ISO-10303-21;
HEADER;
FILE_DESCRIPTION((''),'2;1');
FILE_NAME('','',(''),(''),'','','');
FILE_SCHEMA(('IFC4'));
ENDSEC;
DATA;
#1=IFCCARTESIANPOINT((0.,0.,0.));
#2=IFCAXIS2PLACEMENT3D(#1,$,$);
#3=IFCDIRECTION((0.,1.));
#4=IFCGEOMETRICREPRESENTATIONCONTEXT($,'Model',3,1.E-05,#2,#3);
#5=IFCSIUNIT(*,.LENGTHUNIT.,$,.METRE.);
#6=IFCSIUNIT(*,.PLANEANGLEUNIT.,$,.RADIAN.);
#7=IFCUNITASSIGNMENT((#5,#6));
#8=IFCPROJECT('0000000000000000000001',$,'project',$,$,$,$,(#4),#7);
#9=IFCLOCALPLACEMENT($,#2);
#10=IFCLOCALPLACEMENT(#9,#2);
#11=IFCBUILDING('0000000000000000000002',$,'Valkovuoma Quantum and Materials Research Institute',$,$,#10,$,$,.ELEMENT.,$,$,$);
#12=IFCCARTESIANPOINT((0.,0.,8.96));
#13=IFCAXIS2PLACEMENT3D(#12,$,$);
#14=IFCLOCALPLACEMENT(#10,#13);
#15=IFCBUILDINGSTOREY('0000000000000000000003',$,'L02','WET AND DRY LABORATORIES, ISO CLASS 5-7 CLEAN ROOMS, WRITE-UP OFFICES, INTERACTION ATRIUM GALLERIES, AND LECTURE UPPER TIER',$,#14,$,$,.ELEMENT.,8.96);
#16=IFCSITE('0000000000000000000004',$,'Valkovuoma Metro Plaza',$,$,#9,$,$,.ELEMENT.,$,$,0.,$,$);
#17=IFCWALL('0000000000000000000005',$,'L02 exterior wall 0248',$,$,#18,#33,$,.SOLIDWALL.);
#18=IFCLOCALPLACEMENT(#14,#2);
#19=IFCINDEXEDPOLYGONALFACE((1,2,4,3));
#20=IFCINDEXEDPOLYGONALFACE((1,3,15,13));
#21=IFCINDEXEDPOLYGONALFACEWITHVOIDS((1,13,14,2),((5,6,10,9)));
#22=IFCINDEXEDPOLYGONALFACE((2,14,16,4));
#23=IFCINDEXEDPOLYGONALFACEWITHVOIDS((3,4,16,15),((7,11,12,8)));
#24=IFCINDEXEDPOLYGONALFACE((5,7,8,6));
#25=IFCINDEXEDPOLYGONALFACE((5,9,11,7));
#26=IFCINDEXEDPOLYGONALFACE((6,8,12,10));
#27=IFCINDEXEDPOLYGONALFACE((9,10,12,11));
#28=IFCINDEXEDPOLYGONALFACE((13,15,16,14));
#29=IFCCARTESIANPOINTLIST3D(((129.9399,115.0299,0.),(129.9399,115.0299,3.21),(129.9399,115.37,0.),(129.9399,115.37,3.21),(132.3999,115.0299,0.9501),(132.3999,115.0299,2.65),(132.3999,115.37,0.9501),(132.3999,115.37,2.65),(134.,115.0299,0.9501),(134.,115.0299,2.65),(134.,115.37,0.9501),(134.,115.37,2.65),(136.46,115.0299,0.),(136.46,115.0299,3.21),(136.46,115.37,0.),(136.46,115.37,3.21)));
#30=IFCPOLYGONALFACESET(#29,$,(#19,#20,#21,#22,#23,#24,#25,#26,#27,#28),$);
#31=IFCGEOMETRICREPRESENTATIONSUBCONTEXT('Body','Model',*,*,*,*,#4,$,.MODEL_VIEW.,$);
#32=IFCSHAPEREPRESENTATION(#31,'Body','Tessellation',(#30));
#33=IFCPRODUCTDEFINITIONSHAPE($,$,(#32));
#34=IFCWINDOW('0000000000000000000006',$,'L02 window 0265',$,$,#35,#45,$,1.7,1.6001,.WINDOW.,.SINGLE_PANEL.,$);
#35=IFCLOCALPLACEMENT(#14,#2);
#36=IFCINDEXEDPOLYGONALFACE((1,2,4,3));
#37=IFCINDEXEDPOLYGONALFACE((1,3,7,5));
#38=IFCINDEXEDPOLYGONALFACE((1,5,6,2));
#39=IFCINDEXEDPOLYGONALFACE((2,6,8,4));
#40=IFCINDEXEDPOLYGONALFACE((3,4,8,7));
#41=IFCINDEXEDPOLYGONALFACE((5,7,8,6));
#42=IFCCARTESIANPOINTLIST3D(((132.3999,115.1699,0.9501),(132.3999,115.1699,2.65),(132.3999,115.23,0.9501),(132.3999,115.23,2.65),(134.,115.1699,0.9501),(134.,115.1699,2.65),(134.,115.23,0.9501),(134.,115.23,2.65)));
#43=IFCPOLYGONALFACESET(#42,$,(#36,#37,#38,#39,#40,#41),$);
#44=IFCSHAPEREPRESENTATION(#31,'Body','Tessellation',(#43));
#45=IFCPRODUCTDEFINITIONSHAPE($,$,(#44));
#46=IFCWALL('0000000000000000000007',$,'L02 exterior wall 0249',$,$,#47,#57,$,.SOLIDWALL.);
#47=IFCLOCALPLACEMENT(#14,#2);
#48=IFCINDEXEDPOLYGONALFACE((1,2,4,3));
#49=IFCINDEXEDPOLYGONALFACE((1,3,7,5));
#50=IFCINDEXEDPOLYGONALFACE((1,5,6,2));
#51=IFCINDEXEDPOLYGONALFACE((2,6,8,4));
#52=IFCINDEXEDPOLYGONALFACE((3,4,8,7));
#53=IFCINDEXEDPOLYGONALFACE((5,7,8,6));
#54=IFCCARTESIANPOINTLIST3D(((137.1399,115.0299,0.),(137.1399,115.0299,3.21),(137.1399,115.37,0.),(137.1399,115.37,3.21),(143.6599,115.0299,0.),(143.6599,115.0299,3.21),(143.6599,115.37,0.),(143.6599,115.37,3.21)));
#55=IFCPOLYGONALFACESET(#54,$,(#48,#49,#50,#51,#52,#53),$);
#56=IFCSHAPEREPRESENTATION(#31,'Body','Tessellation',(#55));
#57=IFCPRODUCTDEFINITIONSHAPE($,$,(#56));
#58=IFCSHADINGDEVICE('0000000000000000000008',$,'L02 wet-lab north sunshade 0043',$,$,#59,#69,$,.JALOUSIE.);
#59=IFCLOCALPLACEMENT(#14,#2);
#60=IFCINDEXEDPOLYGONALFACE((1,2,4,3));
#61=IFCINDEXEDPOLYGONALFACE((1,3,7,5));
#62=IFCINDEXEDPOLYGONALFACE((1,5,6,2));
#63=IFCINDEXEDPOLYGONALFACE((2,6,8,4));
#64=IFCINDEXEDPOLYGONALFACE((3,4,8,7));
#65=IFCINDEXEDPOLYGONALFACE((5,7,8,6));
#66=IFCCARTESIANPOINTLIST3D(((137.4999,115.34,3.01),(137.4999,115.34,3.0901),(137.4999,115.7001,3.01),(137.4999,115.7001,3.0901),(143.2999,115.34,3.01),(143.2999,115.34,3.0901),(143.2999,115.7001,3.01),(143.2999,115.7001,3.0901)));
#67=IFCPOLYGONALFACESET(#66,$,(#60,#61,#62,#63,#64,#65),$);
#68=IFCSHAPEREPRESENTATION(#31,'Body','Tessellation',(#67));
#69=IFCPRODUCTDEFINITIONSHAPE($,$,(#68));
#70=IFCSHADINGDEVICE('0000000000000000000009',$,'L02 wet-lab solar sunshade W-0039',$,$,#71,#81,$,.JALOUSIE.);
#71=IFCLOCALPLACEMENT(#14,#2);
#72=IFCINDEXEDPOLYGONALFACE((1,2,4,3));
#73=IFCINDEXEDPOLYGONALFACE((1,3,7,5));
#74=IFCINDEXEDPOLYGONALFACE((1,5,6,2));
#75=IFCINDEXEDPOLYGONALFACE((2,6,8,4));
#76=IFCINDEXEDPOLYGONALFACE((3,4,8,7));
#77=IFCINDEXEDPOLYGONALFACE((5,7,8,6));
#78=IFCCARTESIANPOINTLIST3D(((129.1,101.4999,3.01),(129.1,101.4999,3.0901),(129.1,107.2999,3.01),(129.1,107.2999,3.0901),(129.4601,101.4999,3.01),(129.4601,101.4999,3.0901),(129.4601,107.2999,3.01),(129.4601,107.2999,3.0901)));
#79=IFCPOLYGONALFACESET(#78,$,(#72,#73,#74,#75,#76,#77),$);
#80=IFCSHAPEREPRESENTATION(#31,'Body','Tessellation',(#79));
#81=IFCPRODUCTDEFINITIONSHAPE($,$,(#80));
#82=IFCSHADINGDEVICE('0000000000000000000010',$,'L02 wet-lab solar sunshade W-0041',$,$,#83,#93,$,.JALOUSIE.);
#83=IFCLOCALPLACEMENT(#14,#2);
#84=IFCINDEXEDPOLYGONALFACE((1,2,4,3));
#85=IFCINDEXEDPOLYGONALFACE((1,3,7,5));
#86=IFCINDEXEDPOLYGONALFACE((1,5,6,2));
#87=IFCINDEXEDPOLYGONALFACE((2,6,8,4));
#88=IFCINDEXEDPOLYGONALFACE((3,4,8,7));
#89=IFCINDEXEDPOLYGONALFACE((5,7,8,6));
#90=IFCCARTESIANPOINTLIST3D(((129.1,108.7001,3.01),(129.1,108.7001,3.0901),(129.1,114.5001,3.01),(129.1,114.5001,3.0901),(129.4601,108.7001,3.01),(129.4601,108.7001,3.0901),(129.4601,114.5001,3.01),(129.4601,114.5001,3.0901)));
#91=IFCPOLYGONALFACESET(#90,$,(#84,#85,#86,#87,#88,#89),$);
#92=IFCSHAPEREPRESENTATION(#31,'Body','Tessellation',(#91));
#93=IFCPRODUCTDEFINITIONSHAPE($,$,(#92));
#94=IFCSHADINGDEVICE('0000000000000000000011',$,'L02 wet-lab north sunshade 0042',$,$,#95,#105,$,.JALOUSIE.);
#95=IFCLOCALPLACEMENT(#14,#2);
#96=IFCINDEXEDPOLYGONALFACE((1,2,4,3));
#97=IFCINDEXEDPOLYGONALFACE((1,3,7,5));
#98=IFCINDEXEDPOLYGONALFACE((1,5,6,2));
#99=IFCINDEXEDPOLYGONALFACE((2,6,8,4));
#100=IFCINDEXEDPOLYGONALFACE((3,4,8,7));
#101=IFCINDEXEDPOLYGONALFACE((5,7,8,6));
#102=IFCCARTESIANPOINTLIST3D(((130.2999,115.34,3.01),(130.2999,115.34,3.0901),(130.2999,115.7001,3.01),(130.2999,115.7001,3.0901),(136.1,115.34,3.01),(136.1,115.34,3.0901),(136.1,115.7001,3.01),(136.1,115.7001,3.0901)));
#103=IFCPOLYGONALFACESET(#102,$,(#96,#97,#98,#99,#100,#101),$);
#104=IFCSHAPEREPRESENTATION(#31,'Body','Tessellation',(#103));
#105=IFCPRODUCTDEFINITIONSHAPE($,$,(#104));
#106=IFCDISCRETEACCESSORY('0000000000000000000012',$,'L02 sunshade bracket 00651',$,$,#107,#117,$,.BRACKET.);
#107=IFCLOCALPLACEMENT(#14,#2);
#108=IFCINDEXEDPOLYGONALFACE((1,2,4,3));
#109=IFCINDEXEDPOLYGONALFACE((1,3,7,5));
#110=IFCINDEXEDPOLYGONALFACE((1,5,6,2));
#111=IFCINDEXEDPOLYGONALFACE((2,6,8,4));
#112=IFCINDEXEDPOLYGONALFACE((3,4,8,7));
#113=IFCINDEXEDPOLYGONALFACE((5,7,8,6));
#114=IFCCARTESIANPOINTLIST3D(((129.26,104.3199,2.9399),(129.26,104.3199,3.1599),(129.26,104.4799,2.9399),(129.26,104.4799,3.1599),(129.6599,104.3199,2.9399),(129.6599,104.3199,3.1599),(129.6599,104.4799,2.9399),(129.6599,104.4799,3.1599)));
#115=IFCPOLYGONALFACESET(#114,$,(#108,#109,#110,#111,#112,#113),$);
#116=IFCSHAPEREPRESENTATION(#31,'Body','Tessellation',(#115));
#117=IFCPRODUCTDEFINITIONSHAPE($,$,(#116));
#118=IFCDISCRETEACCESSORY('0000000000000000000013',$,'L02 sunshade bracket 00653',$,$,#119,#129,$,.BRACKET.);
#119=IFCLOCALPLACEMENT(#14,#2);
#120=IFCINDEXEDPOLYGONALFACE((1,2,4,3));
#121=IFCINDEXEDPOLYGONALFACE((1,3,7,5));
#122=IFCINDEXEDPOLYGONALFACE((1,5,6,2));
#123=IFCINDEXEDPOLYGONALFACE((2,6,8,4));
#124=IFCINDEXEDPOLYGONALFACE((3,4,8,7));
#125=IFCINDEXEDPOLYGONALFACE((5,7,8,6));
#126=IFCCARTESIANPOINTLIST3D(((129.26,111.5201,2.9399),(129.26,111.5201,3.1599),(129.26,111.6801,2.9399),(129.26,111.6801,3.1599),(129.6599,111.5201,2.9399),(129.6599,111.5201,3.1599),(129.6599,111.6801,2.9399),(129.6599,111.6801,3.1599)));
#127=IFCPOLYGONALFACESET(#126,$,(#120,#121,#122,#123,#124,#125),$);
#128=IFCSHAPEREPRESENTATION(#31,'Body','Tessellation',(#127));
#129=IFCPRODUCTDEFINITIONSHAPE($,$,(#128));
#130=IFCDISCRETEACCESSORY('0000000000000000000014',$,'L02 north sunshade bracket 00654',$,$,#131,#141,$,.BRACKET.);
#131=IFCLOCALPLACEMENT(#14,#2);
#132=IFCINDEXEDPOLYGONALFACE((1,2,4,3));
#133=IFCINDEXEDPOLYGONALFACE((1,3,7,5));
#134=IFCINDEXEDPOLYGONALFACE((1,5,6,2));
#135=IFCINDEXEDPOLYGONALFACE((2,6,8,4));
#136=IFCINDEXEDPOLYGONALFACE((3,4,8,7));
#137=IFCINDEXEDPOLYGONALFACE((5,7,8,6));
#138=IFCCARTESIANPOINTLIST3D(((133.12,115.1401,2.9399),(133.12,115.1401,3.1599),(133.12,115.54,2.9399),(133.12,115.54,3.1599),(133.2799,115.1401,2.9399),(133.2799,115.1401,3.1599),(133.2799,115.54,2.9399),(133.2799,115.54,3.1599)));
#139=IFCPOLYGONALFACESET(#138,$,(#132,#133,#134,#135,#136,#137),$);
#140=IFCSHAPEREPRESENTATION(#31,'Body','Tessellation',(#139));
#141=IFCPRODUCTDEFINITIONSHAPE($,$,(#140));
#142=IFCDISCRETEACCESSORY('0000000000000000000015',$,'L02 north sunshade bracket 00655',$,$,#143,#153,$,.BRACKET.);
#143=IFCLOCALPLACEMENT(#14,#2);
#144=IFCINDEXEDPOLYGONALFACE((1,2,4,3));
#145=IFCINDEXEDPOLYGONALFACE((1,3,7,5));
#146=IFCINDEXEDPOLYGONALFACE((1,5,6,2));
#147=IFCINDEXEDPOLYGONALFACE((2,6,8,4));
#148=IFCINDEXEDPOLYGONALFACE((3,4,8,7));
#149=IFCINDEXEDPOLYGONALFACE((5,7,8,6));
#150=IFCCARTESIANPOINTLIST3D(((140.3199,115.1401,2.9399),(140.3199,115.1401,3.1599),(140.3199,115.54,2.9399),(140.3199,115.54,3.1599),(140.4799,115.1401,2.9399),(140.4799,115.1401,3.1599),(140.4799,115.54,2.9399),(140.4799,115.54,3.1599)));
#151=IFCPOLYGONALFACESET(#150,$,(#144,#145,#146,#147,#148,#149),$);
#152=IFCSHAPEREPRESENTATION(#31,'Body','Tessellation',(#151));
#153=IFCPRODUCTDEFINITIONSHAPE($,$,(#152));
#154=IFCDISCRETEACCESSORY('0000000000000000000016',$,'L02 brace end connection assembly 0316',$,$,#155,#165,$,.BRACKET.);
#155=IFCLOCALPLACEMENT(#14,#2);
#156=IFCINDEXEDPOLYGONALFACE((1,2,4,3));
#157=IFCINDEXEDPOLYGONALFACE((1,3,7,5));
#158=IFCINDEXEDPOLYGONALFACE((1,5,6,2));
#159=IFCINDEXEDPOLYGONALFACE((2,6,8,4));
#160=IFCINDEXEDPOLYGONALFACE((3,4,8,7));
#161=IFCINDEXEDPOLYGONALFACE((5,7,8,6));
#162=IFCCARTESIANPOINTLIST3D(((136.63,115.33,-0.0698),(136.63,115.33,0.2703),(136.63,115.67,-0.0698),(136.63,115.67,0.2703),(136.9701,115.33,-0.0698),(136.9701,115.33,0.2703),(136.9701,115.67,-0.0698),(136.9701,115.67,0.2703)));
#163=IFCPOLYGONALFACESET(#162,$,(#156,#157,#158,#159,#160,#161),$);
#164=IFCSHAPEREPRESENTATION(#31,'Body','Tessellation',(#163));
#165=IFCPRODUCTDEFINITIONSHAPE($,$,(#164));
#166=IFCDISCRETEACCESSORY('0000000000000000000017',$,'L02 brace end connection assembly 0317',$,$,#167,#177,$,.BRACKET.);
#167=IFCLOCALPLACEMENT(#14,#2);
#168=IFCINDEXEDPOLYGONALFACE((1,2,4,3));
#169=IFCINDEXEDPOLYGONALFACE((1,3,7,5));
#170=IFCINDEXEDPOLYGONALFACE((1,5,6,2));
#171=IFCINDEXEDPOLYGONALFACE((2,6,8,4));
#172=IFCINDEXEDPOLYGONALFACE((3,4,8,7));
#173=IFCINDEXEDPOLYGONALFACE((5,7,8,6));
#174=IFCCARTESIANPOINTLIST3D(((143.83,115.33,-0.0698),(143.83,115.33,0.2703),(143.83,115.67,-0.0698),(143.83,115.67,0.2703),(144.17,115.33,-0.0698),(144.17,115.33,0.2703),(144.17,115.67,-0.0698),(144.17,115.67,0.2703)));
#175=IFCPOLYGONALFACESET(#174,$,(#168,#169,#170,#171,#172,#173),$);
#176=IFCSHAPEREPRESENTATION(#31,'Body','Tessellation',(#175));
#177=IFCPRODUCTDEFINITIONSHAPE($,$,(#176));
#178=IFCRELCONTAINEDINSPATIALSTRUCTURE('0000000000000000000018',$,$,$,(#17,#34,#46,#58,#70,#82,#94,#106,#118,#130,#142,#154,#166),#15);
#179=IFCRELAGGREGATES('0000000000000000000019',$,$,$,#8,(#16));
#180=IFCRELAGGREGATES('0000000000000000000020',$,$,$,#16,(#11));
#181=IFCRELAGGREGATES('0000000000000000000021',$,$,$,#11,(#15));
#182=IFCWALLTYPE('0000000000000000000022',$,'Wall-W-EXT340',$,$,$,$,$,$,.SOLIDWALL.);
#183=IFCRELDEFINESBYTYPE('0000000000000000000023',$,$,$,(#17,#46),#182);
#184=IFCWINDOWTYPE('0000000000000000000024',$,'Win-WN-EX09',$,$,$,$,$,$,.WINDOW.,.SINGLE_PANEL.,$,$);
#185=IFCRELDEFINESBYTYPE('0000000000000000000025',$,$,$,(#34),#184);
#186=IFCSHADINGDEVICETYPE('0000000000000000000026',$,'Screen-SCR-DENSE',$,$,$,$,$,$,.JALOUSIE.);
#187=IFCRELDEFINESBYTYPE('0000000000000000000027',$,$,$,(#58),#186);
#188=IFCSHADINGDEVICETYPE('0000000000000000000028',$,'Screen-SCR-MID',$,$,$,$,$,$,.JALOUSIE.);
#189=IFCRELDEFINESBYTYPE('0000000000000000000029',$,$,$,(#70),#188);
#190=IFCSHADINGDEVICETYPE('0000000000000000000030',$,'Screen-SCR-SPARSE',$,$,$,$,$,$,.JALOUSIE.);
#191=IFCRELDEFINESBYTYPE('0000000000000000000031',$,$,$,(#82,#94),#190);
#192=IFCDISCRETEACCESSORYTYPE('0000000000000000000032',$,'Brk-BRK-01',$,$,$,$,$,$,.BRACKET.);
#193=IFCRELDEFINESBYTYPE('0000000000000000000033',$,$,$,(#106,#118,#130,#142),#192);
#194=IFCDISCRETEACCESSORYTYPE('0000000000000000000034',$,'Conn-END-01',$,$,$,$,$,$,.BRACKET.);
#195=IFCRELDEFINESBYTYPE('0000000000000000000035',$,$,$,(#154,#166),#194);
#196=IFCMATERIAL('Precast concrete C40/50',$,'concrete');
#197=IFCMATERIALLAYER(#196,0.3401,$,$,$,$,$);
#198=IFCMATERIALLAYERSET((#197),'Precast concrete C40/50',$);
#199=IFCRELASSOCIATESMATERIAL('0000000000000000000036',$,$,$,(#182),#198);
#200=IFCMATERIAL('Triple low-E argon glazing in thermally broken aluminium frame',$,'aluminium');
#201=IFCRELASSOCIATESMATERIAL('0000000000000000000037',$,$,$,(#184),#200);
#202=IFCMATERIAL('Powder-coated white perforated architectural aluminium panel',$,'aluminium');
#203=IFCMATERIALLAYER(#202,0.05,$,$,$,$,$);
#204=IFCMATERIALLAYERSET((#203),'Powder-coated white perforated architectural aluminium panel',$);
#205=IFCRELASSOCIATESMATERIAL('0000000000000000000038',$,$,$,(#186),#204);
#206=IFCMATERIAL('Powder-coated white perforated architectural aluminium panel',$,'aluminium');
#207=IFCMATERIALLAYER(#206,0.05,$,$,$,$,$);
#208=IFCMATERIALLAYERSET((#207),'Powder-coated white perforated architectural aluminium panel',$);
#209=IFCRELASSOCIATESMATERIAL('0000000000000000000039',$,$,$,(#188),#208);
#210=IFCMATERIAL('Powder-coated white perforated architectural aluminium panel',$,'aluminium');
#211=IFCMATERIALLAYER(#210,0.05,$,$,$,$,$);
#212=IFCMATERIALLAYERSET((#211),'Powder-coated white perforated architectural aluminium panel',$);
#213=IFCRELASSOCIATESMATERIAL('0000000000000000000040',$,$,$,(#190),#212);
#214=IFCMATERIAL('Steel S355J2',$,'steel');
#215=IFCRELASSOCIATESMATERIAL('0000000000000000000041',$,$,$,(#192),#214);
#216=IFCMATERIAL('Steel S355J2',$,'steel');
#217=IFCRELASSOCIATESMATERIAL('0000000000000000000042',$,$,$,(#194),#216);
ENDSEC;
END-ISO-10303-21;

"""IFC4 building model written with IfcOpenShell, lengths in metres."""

from ifc_helpers import new_model, si_unit, direction, frame, frame_2d, origin, origin_2d, place, context, subcontext, project, spatial, rectangle, extrude, material, layer, layer_set, type_object, element, fill, save


model = new_model("IFC4")

# Units and contexts
model_context = context("Model", 3, precision=1e-05, world=origin(), true_north=direction((0.0, 1.0)))
body_context = subcontext(model_context, "Body", "Model", "MODEL_VIEW")
ifc_project = project(units=[si_unit("LENGTHUNIT", "METRE"), si_unit("PLANEANGLEUNIT", "RADIAN")], contexts=[model_context])

# Site, building, storey
site_placement = place(None, origin())
site = spatial("IfcSite", under=ifc_project, at=site_placement, Name="Valkovuoma Metro Plaza", CompositionType="ELEMENT", RefElevation=0.0)
building_placement = place(site_placement, origin())
building = spatial("IfcBuilding", under=site, at=building_placement, Name="Valkovuoma Quantum and Materials Research Institute", CompositionType="ELEMENT")
storey_placement = place(building_placement, frame((0.0, 0.0, 8.96)))
storey = spatial("IfcBuildingStorey", under=building, at=storey_placement, Name="L02", Description="WET AND DRY LABORATORIES, ISO CLASS 5-7 CLEAN ROOMS, WRITE-UP OFFICES, INTERACTION ATRIUM GALLERIES, AND LECTURE UPPER TIER", CompositionType="ELEMENT", Elevation=8.96)

# Wall, opening, window
ifc_material_1 = material(Name="Precast concrete C40/50", Category="concrete")
ifc_layer_1 = layer(ifc_material_1, 0.3401)
ifc_layer_set_1 = layer_set([ifc_layer_1], Name="Precast concrete C40/50")
wall_type_1 = type_object("IfcWallType", Name="Wall-W-EXT340", PredefinedType="SOLIDWALL", material=ifc_layer_set_1)
wall_1_placement = place(storey_placement, frame((129.9399, 115.2, 0.0), z_axis=(0.0, 0.0, 1.0), x_axis=(1.0, 0.0, 0.0)))
wall_1 = element("IfcWall", 1, at=wall_1_placement, inside=storey, type_object=wall_type_1, Name="L02 exterior wall 0248", PredefinedType="SOLIDWALL", context=body_context, shape_type="SweptSolid", body=[
    extrude(rectangle(XDim=6.52, YDim=0.3401, at=frame_2d((3.26, 0.0))), origin(), (0.0, 0.0, 1.0), 3.21),
])
opening_1_placement = place(wall_1_placement, frame((2.46, 0.0, 0.95)))
opening_1 = element("IfcOpeningElement", 2, at=opening_1_placement, cuts=wall_1, PredefinedType="OPENING", context=body_context, shape_type="SweptSolid", body=[
    extrude(rectangle(XDim=1.6001, YDim=1.7, at=frame_2d((0.8, 0.8501))), frame((0.0, 0.1802, 0.0), z_axis=(0.0, -1.0, 0.0), x_axis=(1.0, 0.0, 0.0)), (0.0, 0.0, 1.0), 0.3601),
])
ifc_material_2 = material(Name="Triple low-E argon glazing in thermally broken aluminium frame", Category="aluminium")
window_type_1 = type_object("IfcWindowType", Name="Win-WN-EX09", PartitioningType="SINGLE_PANEL", PredefinedType="WINDOW", material=ifc_material_2)
window_1_placement = place(opening_1_placement, origin())
window_1 = element("IfcWindow", 3, at=window_1_placement, inside=storey, type_object=window_type_1, Name="L02 window 0265", OverallHeight=1.7, OverallWidth=1.6001, PartitioningType="SINGLE_PANEL", PredefinedType="WINDOW", context=body_context, shape_type="SweptSolid", body=[
    extrude(rectangle(XDim=1.6001, YDim=1.7, at=frame_2d((0.8, 0.8501))), frame((0.0, 0.03, 0.0), z_axis=(0.0, -1.0, 0.0), x_axis=(1.0, 0.0, 0.0)), (0.0, 0.0, 1.0), 0.0601),
])
fill(opening_1, window_1)

# Wall
wall_2_placement = place(storey_placement, frame((137.1399, 115.2, 0.0), z_axis=(0.0, 0.0, 1.0), x_axis=(1.0, 0.0, 0.0)))
element("IfcWall", 4, at=wall_2_placement, inside=storey, type_object=wall_type_1, Name="L02 exterior wall 0249", PredefinedType="SOLIDWALL", context=body_context, shape_type="SweptSolid", body=[
    extrude(rectangle(XDim=6.52, YDim=0.3401, at=frame_2d((3.26, 0.0))), origin(), (0.0, 0.0, 1.0), 3.21),
])

# Shading devices
ifc_material_3 = material(Name="Powder-coated white perforated architectural aluminium panel", Category="aluminium")
ifc_layer_2 = layer(ifc_material_3, 0.05)
ifc_layer_set_2 = layer_set([ifc_layer_2], Name="Powder-coated white perforated architectural aluminium panel")
shading_device_type_1 = type_object("IfcShadingDeviceType", Name="Screen-SCR-DENSE", PredefinedType="JALOUSIE", material=ifc_layer_set_2)
shading_device_1_placement = place(storey_placement, frame((140.3999, 115.52, 3.01), z_axis=(0.0, 0.0, 1.0), x_axis=(1.0, 0.0, 0.0)))
element("IfcShadingDevice", 5, at=shading_device_1_placement, inside=storey, type_object=shading_device_type_1, Name="L02 wet-lab north sunshade 0043", PredefinedType="JALOUSIE", context=body_context, shape_type="SweptSolid", body=[
    extrude(rectangle(XDim=5.8, YDim=0.3601, at=origin_2d()), origin(), (0.0, 0.0, 1.0), 0.0801),
])
ifc_material_4 = material(Name="Powder-coated white perforated architectural aluminium panel", Category="aluminium")
ifc_layer_3 = layer(ifc_material_4, 0.05)
ifc_layer_set_3 = layer_set([ifc_layer_3], Name="Powder-coated white perforated architectural aluminium panel")
shading_device_type_2 = type_object("IfcShadingDeviceType", Name="Screen-SCR-MID", PredefinedType="JALOUSIE", material=ifc_layer_set_3)
shading_device_2_placement = place(storey_placement, frame((129.28, 104.3999, 3.01), z_axis=(0.0, 0.0, 1.0), x_axis=(1.0, 0.0, 0.0)))
element("IfcShadingDevice", 6, at=shading_device_2_placement, inside=storey, type_object=shading_device_type_2, Name="L02 wet-lab solar sunshade W-0039", PredefinedType="JALOUSIE", context=body_context, shape_type="SweptSolid", body=[
    extrude(rectangle(XDim=0.3601, YDim=5.8, at=origin_2d()), origin(), (0.0, 0.0, 1.0), 0.0801),
])
ifc_material_5 = material(Name="Powder-coated white perforated architectural aluminium panel", Category="aluminium")
ifc_layer_4 = layer(ifc_material_5, 0.05)
ifc_layer_set_4 = layer_set([ifc_layer_4], Name="Powder-coated white perforated architectural aluminium panel")
shading_device_type_3 = type_object("IfcShadingDeviceType", Name="Screen-SCR-SPARSE", PredefinedType="JALOUSIE", material=ifc_layer_set_4)
shading_device_3_placement = place(storey_placement, frame((129.28, 111.6001, 3.01), z_axis=(0.0, 0.0, 1.0), x_axis=(1.0, 0.0, 0.0)))
element("IfcShadingDevice", 7, at=shading_device_3_placement, inside=storey, type_object=shading_device_type_3, Name="L02 wet-lab solar sunshade W-0041", PredefinedType="JALOUSIE", context=body_context, shape_type="SweptSolid", body=[
    extrude(rectangle(XDim=0.3601, YDim=5.8, at=origin_2d()), origin(), (0.0, 0.0, 1.0), 0.0801),
])
shading_device_4_placement = place(storey_placement, frame((133.2, 115.52, 3.01), z_axis=(0.0, 0.0, 1.0), x_axis=(1.0, 0.0, 0.0)))
element("IfcShadingDevice", 8, at=shading_device_4_placement, inside=storey, type_object=shading_device_type_3, Name="L02 wet-lab north sunshade 0042", PredefinedType="JALOUSIE", context=body_context, shape_type="SweptSolid", body=[
    extrude(rectangle(XDim=5.8, YDim=0.3601, at=origin_2d()), origin(), (0.0, 0.0, 1.0), 0.0801),
])

# Discrete accessories
ifc_material_6 = material(Name="Steel S355J2", Category="steel")
discrete_accessory_type_1 = type_object("IfcDiscreteAccessoryType", Name="Brk-BRK-01", PredefinedType="BRACKET", material=ifc_material_6)
for number, where, z_axis, x_axis, name in (
    (9, (129.46, 104.3999, 2.9399), (0.0, 0.0, 1.0), (1.0, 0.0, 0.0), "L02 sunshade bracket 00651"),
    (10, (129.46, 111.6001, 2.9399), (0.0, 0.0, 1.0), (1.0, 0.0, 0.0), "L02 sunshade bracket 00653"),
):
    element("IfcDiscreteAccessory", number, at=place(storey_placement, frame(where, z_axis=z_axis, x_axis=x_axis)), inside=storey, type_object=discrete_accessory_type_1, Name=name, PredefinedType="BRACKET", context=body_context, shape_type="SweptSolid", body=[
        extrude(rectangle(XDim=0.3999, YDim=0.1599, at=origin_2d()), origin(), (0.0, 0.0, 1.0), 0.22),
    ])
for number, where, z_axis, x_axis, name in (
    (11, (133.2, 115.3401, 2.9399), (0.0, 0.0, 1.0), (1.0, 0.0, 0.0), "L02 north sunshade bracket 00654"),
    (12, (140.3999, 115.3401, 2.9399), (0.0, 0.0, 1.0), (1.0, 0.0, 0.0), "L02 north sunshade bracket 00655"),
):
    element("IfcDiscreteAccessory", number, at=place(storey_placement, frame(where, z_axis=z_axis, x_axis=x_axis)), inside=storey, type_object=discrete_accessory_type_1, Name=name, PredefinedType="BRACKET", context=body_context, shape_type="SweptSolid", body=[
        extrude(rectangle(XDim=0.1599, YDim=0.3999, at=origin_2d()), origin(), (0.0, 0.0, 1.0), 0.22),
    ])
ifc_material_7 = material(Name="Steel S355J2", Category="steel")
discrete_accessory_type_2 = type_object("IfcDiscreteAccessoryType", Name="Conn-END-01", PredefinedType="BRACKET", material=ifc_material_7)
for number, where, z_axis, x_axis, name in (
    (13, (136.8, 115.5, -0.0698), (0.0, 0.0, 1.0), (1.0, 0.0, 0.0), "L02 brace end connection assembly 0316"),
    (14, (144.0, 115.5, -0.0698), (0.0, 0.0, 1.0), (1.0, 0.0, 0.0), "L02 brace end connection assembly 0317"),
):
    element("IfcDiscreteAccessory", number, at=place(storey_placement, frame(where, z_axis=z_axis, x_axis=x_axis)), inside=storey, type_object=discrete_accessory_type_2, Name=name, PredefinedType="BRACKET", context=body_context, shape_type="SweptSolid", body=[
        extrude(rectangle(XDim=0.3401, YDim=0.3401, at=origin_2d()), origin(), (0.0, 0.0, 1.0), 0.3401),
    ])

save(model, "model.ifc")
